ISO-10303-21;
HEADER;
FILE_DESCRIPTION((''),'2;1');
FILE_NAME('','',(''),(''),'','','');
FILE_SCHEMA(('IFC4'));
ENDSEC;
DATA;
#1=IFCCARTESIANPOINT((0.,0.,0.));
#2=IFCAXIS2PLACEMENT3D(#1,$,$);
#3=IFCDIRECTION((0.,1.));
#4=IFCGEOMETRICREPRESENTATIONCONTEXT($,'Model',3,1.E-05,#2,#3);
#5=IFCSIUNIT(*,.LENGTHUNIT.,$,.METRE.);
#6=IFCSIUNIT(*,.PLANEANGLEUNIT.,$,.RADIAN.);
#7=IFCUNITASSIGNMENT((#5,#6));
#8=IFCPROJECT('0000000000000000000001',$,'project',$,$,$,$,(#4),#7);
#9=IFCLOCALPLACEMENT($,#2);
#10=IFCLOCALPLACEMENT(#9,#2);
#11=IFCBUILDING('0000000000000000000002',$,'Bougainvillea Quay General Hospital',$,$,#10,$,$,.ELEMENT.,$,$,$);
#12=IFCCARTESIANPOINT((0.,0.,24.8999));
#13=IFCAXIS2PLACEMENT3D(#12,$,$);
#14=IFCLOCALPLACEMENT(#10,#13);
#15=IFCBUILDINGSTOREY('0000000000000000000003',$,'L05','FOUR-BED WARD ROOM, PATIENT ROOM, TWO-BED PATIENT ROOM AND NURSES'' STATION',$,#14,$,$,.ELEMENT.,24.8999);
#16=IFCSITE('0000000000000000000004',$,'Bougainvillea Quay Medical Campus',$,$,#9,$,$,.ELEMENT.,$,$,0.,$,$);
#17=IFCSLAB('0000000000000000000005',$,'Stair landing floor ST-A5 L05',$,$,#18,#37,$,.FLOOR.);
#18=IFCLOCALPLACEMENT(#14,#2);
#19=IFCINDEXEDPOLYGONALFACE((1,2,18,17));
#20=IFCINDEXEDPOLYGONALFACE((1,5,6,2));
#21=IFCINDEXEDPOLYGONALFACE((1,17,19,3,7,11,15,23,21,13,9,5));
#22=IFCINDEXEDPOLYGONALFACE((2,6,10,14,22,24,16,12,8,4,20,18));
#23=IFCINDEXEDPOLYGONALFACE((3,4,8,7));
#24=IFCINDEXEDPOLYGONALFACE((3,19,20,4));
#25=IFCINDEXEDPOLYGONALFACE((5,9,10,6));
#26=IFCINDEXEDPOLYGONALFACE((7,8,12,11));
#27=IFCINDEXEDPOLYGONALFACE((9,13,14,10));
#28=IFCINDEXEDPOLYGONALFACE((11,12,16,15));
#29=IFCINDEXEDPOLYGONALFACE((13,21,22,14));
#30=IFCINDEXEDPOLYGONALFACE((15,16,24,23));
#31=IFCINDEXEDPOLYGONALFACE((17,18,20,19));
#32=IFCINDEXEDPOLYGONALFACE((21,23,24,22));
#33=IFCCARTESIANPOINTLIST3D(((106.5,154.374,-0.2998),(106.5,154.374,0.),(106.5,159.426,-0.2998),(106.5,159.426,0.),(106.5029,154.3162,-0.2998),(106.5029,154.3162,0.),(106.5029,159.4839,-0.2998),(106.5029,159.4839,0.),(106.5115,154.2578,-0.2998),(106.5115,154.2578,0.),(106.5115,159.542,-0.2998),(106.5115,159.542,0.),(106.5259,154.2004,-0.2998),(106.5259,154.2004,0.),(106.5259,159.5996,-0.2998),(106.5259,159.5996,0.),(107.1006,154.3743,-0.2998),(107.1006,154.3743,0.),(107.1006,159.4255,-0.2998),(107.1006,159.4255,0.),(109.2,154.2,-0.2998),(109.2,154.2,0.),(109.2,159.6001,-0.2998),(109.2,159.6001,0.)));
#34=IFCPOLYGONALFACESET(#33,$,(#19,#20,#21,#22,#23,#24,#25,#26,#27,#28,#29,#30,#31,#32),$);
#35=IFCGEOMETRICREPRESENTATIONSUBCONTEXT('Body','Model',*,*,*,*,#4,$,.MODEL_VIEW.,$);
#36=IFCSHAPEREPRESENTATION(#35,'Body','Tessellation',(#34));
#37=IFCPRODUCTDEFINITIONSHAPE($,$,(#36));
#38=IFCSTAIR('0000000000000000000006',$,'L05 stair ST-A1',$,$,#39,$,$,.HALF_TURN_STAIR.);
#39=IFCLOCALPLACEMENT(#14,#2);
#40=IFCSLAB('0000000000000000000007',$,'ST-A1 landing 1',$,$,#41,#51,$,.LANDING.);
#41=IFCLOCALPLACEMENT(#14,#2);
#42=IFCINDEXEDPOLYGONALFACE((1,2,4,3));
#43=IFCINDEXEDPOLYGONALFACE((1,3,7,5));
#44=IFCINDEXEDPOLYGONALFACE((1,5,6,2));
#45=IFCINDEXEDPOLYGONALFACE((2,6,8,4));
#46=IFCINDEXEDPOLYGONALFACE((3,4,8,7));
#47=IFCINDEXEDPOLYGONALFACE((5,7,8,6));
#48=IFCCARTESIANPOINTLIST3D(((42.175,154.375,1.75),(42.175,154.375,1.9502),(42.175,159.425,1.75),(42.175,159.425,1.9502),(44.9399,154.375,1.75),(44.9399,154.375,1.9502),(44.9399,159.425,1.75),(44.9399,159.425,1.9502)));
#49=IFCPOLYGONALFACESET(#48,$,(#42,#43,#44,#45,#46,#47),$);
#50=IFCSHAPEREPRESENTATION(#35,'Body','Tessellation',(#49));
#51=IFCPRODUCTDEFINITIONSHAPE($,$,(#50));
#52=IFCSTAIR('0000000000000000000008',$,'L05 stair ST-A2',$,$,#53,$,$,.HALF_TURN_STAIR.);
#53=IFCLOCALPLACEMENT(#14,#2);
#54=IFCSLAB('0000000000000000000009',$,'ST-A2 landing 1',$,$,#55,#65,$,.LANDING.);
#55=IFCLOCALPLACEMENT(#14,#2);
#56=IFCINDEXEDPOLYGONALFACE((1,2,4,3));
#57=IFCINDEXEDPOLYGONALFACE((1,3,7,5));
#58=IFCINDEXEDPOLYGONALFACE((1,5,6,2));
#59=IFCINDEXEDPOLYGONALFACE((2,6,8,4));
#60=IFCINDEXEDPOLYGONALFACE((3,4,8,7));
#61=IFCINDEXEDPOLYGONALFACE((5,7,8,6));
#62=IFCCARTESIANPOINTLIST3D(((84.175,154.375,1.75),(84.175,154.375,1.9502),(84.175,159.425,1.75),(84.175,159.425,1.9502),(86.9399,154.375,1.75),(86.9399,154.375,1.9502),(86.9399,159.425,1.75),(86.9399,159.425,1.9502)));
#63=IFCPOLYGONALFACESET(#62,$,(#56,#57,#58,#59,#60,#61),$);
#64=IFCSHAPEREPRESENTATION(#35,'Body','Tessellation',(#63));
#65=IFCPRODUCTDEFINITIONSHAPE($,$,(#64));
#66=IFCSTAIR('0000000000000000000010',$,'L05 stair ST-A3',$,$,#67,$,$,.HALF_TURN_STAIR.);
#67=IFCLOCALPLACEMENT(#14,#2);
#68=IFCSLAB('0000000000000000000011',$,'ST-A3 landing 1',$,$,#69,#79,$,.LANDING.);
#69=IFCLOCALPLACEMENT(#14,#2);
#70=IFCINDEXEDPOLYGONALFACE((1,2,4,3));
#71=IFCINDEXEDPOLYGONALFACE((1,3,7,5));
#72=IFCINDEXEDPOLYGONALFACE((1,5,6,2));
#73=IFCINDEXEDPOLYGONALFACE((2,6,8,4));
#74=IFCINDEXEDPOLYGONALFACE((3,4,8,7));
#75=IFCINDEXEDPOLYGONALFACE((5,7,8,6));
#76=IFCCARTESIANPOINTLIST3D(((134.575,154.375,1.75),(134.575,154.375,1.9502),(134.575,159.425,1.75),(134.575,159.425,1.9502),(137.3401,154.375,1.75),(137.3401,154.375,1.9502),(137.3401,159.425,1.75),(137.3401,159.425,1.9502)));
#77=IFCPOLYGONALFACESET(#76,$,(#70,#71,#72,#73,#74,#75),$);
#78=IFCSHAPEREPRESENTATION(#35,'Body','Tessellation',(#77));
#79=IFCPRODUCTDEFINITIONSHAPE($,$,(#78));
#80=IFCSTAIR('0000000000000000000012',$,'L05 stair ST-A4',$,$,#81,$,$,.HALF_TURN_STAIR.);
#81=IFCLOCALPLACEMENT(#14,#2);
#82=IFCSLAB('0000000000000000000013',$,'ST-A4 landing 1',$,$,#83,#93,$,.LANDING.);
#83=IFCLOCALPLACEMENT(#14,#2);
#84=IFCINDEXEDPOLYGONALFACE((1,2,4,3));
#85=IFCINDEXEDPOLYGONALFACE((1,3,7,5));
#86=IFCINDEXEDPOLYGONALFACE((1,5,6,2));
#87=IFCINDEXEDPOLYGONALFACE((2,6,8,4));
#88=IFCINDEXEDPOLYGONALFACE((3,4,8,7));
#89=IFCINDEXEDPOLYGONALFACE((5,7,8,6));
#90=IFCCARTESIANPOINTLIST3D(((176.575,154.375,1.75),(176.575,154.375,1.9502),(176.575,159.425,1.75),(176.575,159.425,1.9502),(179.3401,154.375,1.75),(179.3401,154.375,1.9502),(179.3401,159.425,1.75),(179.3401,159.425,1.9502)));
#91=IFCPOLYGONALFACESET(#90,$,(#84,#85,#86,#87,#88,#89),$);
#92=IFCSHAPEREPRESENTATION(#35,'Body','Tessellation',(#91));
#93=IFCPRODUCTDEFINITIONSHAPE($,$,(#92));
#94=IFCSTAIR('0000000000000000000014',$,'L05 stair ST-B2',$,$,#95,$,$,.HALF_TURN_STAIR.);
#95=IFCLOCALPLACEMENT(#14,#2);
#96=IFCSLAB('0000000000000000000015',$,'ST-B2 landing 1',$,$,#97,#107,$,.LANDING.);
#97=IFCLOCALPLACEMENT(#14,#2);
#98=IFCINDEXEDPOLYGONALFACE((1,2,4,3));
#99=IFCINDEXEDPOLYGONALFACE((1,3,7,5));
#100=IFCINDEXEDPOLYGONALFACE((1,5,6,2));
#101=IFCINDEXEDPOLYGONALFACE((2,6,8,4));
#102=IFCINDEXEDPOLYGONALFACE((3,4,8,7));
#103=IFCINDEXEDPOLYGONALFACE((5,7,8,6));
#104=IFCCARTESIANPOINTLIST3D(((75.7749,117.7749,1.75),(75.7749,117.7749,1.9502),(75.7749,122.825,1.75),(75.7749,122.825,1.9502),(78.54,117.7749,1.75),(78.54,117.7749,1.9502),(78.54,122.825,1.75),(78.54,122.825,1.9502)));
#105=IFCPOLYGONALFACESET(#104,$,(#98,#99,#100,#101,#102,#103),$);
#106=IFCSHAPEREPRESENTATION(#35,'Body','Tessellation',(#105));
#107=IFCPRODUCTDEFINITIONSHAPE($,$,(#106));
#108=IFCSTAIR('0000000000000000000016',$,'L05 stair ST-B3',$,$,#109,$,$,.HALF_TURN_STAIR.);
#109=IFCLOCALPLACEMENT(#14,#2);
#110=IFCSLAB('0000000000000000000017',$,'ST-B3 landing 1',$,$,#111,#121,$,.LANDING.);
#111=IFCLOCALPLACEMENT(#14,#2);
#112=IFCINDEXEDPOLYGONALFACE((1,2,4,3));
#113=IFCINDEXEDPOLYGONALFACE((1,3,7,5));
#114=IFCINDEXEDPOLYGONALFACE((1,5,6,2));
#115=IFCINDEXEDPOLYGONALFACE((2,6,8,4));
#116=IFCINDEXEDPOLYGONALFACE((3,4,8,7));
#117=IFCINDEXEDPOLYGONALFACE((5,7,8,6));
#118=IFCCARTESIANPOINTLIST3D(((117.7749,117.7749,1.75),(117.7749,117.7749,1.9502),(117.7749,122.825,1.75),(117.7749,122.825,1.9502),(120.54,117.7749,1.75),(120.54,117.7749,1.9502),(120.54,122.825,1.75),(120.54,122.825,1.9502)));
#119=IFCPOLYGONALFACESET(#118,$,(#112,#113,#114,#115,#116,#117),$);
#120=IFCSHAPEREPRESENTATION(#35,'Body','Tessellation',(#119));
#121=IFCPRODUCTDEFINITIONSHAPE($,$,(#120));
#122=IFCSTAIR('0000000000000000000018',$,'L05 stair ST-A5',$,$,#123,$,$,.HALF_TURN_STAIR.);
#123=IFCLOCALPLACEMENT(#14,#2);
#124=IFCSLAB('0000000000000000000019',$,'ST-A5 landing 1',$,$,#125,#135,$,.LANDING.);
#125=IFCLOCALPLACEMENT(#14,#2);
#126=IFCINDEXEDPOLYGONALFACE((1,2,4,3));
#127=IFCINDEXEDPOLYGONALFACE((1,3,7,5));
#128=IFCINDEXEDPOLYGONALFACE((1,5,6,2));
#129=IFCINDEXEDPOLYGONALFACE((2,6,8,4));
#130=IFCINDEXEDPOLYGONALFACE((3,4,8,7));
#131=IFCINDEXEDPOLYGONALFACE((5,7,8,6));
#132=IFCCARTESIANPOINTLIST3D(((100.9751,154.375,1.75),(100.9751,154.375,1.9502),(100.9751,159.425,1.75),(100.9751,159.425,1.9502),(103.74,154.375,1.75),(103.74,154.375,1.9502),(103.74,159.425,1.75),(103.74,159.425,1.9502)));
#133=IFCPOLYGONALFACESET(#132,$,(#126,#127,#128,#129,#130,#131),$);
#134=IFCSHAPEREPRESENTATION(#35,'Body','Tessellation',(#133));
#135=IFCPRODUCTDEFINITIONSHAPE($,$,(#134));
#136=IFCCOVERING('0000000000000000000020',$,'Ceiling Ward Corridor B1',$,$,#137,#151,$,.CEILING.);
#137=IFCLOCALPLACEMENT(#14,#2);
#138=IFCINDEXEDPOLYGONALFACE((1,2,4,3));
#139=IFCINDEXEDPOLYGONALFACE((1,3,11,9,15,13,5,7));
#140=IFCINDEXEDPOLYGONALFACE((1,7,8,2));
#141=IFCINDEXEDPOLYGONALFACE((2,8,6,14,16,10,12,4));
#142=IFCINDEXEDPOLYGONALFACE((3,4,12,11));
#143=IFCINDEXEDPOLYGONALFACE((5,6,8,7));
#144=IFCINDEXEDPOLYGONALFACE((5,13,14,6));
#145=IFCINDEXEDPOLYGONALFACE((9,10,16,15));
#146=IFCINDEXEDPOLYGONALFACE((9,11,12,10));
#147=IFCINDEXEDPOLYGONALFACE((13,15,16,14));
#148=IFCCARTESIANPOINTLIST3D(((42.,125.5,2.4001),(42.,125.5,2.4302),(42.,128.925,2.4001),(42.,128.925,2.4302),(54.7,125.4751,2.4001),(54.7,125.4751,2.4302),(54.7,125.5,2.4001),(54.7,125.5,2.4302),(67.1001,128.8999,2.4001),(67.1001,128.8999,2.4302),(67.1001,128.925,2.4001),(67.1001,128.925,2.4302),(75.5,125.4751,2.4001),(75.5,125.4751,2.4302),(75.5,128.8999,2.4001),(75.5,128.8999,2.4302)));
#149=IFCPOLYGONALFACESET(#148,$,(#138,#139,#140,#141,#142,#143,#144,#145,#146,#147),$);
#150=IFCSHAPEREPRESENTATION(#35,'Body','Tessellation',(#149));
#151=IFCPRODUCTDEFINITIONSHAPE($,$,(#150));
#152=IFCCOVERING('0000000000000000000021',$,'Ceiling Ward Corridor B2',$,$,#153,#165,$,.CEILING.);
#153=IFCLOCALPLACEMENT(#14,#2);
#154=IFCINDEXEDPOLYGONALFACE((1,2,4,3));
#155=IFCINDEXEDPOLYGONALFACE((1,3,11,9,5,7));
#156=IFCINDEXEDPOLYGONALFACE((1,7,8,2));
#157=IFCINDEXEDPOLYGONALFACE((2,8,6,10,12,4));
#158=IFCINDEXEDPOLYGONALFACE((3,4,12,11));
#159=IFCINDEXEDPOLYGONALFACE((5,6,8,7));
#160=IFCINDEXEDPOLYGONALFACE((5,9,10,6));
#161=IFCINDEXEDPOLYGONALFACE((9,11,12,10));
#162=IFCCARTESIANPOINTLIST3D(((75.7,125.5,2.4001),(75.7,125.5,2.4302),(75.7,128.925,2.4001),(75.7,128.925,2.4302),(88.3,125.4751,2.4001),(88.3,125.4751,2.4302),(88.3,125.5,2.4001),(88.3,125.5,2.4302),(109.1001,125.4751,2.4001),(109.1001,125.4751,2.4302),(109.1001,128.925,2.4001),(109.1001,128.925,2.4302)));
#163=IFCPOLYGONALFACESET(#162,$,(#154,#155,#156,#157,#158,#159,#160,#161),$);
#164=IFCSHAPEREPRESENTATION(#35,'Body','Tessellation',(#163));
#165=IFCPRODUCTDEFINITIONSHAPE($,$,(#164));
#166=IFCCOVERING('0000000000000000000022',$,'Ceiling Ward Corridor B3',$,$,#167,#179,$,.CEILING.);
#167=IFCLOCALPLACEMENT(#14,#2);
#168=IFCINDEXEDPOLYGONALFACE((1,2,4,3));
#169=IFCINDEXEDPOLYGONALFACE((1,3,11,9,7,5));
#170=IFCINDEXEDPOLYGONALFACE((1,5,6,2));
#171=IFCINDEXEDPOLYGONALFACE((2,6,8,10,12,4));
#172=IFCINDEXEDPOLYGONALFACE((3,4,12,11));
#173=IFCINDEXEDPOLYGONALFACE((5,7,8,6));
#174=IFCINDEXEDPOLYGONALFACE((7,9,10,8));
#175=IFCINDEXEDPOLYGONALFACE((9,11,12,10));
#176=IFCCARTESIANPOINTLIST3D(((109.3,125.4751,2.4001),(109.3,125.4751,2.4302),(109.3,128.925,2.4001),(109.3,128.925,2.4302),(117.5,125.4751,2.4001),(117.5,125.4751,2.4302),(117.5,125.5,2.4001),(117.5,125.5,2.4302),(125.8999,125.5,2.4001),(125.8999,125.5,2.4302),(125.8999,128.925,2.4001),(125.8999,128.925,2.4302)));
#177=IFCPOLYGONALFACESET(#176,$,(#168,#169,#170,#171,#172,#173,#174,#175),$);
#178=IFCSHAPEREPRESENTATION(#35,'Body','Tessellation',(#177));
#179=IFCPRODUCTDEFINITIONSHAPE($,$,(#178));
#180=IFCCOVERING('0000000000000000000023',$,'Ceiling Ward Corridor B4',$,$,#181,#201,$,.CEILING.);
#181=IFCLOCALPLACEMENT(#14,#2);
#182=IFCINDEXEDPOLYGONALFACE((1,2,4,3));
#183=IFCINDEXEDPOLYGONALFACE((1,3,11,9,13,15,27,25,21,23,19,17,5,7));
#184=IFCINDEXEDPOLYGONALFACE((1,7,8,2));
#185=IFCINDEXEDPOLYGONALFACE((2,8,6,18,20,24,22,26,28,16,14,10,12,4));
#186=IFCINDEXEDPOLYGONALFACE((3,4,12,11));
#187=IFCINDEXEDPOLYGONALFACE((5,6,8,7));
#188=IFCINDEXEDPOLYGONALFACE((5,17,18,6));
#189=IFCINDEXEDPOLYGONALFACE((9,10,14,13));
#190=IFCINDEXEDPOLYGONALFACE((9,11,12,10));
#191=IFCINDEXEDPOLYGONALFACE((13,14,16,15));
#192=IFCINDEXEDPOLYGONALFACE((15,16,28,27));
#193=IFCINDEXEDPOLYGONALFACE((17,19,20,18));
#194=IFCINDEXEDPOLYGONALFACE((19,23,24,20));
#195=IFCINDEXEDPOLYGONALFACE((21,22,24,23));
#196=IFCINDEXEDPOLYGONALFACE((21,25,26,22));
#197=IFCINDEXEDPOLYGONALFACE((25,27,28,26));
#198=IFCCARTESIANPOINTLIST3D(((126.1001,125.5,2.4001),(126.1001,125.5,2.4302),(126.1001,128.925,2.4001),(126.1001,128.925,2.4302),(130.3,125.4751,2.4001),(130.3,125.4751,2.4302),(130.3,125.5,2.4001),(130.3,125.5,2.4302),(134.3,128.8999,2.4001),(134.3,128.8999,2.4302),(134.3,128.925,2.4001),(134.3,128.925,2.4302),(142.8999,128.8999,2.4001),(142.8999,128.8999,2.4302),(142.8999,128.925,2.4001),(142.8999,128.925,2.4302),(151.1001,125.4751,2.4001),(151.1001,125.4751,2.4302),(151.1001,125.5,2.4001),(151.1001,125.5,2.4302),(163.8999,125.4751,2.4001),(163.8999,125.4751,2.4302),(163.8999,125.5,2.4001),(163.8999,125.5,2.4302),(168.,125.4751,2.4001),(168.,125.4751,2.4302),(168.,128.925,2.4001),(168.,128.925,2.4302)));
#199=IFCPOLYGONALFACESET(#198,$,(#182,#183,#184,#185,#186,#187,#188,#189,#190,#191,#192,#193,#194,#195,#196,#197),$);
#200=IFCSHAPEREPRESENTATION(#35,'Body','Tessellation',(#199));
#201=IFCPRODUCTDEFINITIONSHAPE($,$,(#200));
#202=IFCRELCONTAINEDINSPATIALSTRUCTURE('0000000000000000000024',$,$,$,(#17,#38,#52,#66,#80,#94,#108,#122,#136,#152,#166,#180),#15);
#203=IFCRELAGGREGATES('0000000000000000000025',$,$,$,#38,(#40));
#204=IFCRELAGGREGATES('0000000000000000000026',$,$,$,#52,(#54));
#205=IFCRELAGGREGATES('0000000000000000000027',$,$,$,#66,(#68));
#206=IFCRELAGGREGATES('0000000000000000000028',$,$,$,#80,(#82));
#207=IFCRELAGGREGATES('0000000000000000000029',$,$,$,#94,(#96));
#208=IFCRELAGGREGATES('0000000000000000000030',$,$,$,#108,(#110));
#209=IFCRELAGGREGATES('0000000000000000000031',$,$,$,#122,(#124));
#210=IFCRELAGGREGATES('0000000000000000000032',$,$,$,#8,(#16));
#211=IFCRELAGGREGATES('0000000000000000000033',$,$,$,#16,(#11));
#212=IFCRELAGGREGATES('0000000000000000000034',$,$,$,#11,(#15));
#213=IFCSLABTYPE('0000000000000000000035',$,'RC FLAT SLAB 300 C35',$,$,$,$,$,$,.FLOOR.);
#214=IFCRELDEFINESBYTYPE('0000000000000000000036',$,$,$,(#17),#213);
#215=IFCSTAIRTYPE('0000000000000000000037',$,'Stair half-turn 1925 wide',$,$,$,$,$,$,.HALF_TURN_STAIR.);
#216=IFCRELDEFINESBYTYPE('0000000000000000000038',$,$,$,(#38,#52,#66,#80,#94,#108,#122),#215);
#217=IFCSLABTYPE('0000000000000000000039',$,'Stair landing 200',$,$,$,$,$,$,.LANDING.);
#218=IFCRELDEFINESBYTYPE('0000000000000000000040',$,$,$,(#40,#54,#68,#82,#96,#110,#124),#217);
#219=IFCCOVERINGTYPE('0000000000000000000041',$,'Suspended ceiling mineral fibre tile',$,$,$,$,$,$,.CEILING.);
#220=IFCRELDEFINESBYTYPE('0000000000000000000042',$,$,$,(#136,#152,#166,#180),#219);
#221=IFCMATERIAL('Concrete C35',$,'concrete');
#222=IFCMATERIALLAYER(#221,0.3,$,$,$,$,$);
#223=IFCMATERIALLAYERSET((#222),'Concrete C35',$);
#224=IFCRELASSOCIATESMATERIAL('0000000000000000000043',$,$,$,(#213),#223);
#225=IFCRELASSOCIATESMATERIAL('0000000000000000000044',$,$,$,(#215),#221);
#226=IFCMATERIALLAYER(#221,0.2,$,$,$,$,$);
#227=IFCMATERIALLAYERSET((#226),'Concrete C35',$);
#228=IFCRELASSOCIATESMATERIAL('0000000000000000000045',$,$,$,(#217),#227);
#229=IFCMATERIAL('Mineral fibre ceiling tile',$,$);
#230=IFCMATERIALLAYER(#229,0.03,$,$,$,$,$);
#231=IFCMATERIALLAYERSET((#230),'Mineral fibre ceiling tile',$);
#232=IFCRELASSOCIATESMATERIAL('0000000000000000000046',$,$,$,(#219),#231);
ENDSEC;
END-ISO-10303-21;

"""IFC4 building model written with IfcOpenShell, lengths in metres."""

from ifc_helpers import new_model, si_unit, direction, frame, origin, place, context, subcontext, project, spatial, polyline, outline, extrude, material, layer, layer_set, type_object, element, aggregate, save


model = new_model("IFC4")

# Units and contexts
model_context = context("Model", 3, precision=1e-05, world=origin(), true_north=direction((0.0, 1.0)))
body_context = subcontext(model_context, "Body", "Model", "MODEL_VIEW")
ifc_project = project(units=[si_unit("LENGTHUNIT", "METRE"), si_unit("PLANEANGLEUNIT", "RADIAN")], contexts=[model_context])

# Site, building, storey
site_placement = place(None, origin())
site = spatial("IfcSite", under=ifc_project, at=site_placement, Name="Bougainvillea Quay Medical Campus", CompositionType="ELEMENT", RefElevation=0.0)
building_placement = place(site_placement, origin())
building = spatial("IfcBuilding", under=site, at=building_placement, Name="Bougainvillea Quay General Hospital", CompositionType="ELEMENT")
storey_placement = place(building_placement, frame((0.0, 0.0, 24.8999)))
storey = spatial("IfcBuildingStorey", under=building, at=storey_placement, Name="L05", Description="FOUR-BED WARD ROOM, PATIENT ROOM, TWO-BED PATIENT ROOM AND NURSES' STATION", CompositionType="ELEMENT", Elevation=24.8999)

# Slab
ifc_material_1 = material(Name="Concrete C35", Category="concrete")
ifc_layer_1 = layer(ifc_material_1, 0.3)
ifc_layer_set_1 = layer_set([ifc_layer_1], Name="Concrete C35")
slab_type_1 = type_object("IfcSlabType", Name="RC FLAT SLAB 300 C35", PredefinedType="FLOOR", material=ifc_layer_set_1)
slab_1_placement = place(storey_placement, frame((0.0, 0.0, -0.2998)))
element("IfcSlab", 1, at=slab_1_placement, inside=storey, type_object=slab_type_1, Name="Stair landing floor ST-A5 L05", PredefinedType="FLOOR", context=body_context, shape_type="SweptSolid", body=[
    extrude(outline(polyline([(106.5029, 159.4839), (106.5115, 159.542), (106.5259, 159.5996), (109.2, 159.6001), (109.2, 154.2), (106.5259, 154.2004), (106.5115, 154.2578), (106.5029, 154.3162), (106.5, 154.374), (107.1006, 154.3743), (107.1006, 159.4255), (106.5, 159.426), (106.5029, 159.4839)])), origin(), (0.0, 0.0, 1.0), 0.2998),
])

# Stairs, slabs
stair_type = type_object("IfcStairType", Name="Stair half-turn 1925 wide", PredefinedType="HALF_TURN_STAIR", material=ifc_material_1)
stair_1_placement = place(storey_placement, origin())
stair_1 = element("IfcStair", 2, at=stair_1_placement, inside=storey, type_object=stair_type, Name="L05 stair ST-A1", PredefinedType="HALF_TURN_STAIR")
ifc_layer_2 = layer(ifc_material_1, 0.2)
ifc_layer_set_2 = layer_set([ifc_layer_2], Name="Concrete C35")
slab_type_2 = type_object("IfcSlabType", Name="Stair landing 200", PredefinedType="LANDING", material=ifc_layer_set_2)
slab_2_placement = place(storey_placement, frame((0.0, 0.0, 1.75)))
slab_2 = element("IfcSlab", 3, at=slab_2_placement, type_object=slab_type_2, Name="ST-A1 landing 1", PredefinedType="LANDING", context=body_context, shape_type="SweptSolid", body=[
    extrude(outline(polyline([(44.9399, 159.425), (42.175, 159.425), (42.175, 154.375), (44.9399, 154.375), (44.9399, 159.425)])), origin(), (0.0, 0.0, 1.0), 0.2002),
])
aggregate(stair_1, [slab_2])
stair_2_placement = place(storey_placement, origin())
stair_2 = element("IfcStair", 4, at=stair_2_placement, inside=storey, type_object=stair_type, Name="L05 stair ST-A2", PredefinedType="HALF_TURN_STAIR")
slab_3_placement = place(storey_placement, frame((0.0, 0.0, 1.75)))
slab_3 = element("IfcSlab", 5, at=slab_3_placement, type_object=slab_type_2, Name="ST-A2 landing 1", PredefinedType="LANDING", context=body_context, shape_type="SweptSolid", body=[
    extrude(outline(polyline([(86.9399, 159.425), (84.175, 159.425), (84.175, 154.375), (86.9399, 154.375), (86.9399, 159.425)])), origin(), (0.0, 0.0, 1.0), 0.2002),
])
aggregate(stair_2, [slab_3])
stair_3_placement = place(storey_placement, origin())
stair_3 = element("IfcStair", 6, at=stair_3_placement, inside=storey, type_object=stair_type, Name="L05 stair ST-A3", PredefinedType="HALF_TURN_STAIR")
slab_4_placement = place(storey_placement, frame((0.0, 0.0, 1.75)))
slab_4 = element("IfcSlab", 7, at=slab_4_placement, type_object=slab_type_2, Name="ST-A3 landing 1", PredefinedType="LANDING", context=body_context, shape_type="SweptSolid", body=[
    extrude(outline(polyline([(137.3401, 159.425), (134.575, 159.425), (134.575, 154.375), (137.3401, 154.375), (137.3401, 159.425)])), origin(), (0.0, 0.0, 1.0), 0.2002),
])
aggregate(stair_3, [slab_4])
stair_4_placement = place(storey_placement, origin())
stair_4 = element("IfcStair", 8, at=stair_4_placement, inside=storey, type_object=stair_type, Name="L05 stair ST-A4", PredefinedType="HALF_TURN_STAIR")
slab_5_placement = place(storey_placement, frame((0.0, 0.0, 1.75)))
slab_5 = element("IfcSlab", 9, at=slab_5_placement, type_object=slab_type_2, Name="ST-A4 landing 1", PredefinedType="LANDING", context=body_context, shape_type="SweptSolid", body=[
    extrude(outline(polyline([(179.3401, 159.425), (176.575, 159.425), (176.575, 154.375), (179.3401, 154.375), (179.3401, 159.425)])), origin(), (0.0, 0.0, 1.0), 0.2002),
])
aggregate(stair_4, [slab_5])
stair_5_placement = place(storey_placement, origin())
stair_5 = element("IfcStair", 10, at=stair_5_placement, inside=storey, type_object=stair_type, Name="L05 stair ST-B2", PredefinedType="HALF_TURN_STAIR")
slab_6_placement = place(storey_placement, frame((0.0, 0.0, 1.75)))
slab_6 = element("IfcSlab", 11, at=slab_6_placement, type_object=slab_type_2, Name="ST-B2 landing 1", PredefinedType="LANDING", context=body_context, shape_type="SweptSolid", body=[
    extrude(outline(polyline([(78.54, 122.825), (75.7749, 122.825), (75.7749, 117.7749), (78.54, 117.7749), (78.54, 122.825)])), origin(), (0.0, 0.0, 1.0), 0.2002),
])
aggregate(stair_5, [slab_6])
stair_6_placement = place(storey_placement, origin())
stair_6 = element("IfcStair", 12, at=stair_6_placement, inside=storey, type_object=stair_type, Name="L05 stair ST-B3", PredefinedType="HALF_TURN_STAIR")
slab_7_placement = place(storey_placement, frame((0.0, 0.0, 1.75)))
slab_7 = element("IfcSlab", 13, at=slab_7_placement, type_object=slab_type_2, Name="ST-B3 landing 1", PredefinedType="LANDING", context=body_context, shape_type="SweptSolid", body=[
    extrude(outline(polyline([(120.54, 122.825), (117.7749, 122.825), (117.7749, 117.7749), (120.54, 117.7749), (120.54, 122.825)])), origin(), (0.0, 0.0, 1.0), 0.2002),
])
aggregate(stair_6, [slab_7])
stair_7_placement = place(storey_placement, origin())
stair_7 = element("IfcStair", 14, at=stair_7_placement, inside=storey, type_object=stair_type, Name="L05 stair ST-A5", PredefinedType="HALF_TURN_STAIR")
slab_8_placement = place(storey_placement, frame((0.0, 0.0, 1.75)))
slab_8 = element("IfcSlab", 15, at=slab_8_placement, type_object=slab_type_2, Name="ST-A5 landing 1", PredefinedType="LANDING", context=body_context, shape_type="SweptSolid", body=[
    extrude(outline(polyline([(103.74, 159.425), (100.9751, 159.425), (100.9751, 154.375), (103.74, 154.375), (103.74, 159.425)])), origin(), (0.0, 0.0, 1.0), 0.2002),
])
aggregate(stair_7, [slab_8])

# Coverings
ifc_material_2 = material(Name="Mineral fibre ceiling tile")
ifc_layer_3 = layer(ifc_material_2, 0.03)
ifc_layer_set_3 = layer_set([ifc_layer_3], Name="Mineral fibre ceiling tile")
covering_type = type_object("IfcCoveringType", Name="Suspended ceiling mineral fibre tile", PredefinedType="CEILING", material=ifc_layer_set_3)
covering_1_placement = place(storey_placement, frame((0.0, 0.0, 2.4001)))
element("IfcCovering", 16, at=covering_1_placement, inside=storey, type_object=covering_type, Name="Ceiling Ward Corridor B1", PredefinedType="CEILING", context=body_context, shape_type="SweptSolid", body=[
    extrude(outline(polyline([(42.0, 125.5), (54.7, 125.5), (54.7, 125.4751), (75.5, 125.4751), (75.5, 128.8999), (67.1001, 128.8999), (67.1001, 128.925), (42.0, 128.925), (42.0, 125.5)])), origin(), (0.0, 0.0, 1.0), 0.03),
])
covering_2_placement = place(storey_placement, frame((0.0, 0.0, 2.4001)))
element("IfcCovering", 17, at=covering_2_placement, inside=storey, type_object=covering_type, Name="Ceiling Ward Corridor B2", PredefinedType="CEILING", context=body_context, shape_type="SweptSolid", body=[
    extrude(outline(polyline([(75.7, 125.5), (88.3, 125.5), (88.3, 125.4751), (109.1001, 125.4751), (109.1001, 128.925), (75.7, 128.925), (75.7, 125.5)])), origin(), (0.0, 0.0, 1.0), 0.03),
])
covering_3_placement = place(storey_placement, frame((0.0, 0.0, 2.4001)))
element("IfcCovering", 18, at=covering_3_placement, inside=storey, type_object=covering_type, Name="Ceiling Ward Corridor B3", PredefinedType="CEILING", context=body_context, shape_type="SweptSolid", body=[
    extrude(outline(polyline([(109.3, 125.4751), (117.5, 125.4751), (117.5, 125.5), (125.8999, 125.5), (125.8999, 128.925), (109.3, 128.925), (109.3, 125.4751)])), origin(), (0.0, 0.0, 1.0), 0.03),
])
covering_4_placement = place(storey_placement, frame((0.0, 0.0, 2.4001)))
element("IfcCovering", 19, at=covering_4_placement, inside=storey, type_object=covering_type, Name="Ceiling Ward Corridor B4", PredefinedType="CEILING", context=body_context, shape_type="SweptSolid", body=[
    extrude(outline(polyline([(168.0, 128.925), (142.8999, 128.925), (142.8999, 128.8999), (134.3, 128.8999), (134.3, 128.925), (126.1001, 128.925), (126.1001, 125.5), (130.3, 125.5), (130.3, 125.4751), (151.1001, 125.4751), (151.1001, 125.5), (163.8999, 125.5), (163.8999, 125.4751), (168.0, 125.4751), (168.0, 128.925)])), origin(), (0.0, 0.0, 1.0), 0.03),
])

save(model, "model.ifc")
